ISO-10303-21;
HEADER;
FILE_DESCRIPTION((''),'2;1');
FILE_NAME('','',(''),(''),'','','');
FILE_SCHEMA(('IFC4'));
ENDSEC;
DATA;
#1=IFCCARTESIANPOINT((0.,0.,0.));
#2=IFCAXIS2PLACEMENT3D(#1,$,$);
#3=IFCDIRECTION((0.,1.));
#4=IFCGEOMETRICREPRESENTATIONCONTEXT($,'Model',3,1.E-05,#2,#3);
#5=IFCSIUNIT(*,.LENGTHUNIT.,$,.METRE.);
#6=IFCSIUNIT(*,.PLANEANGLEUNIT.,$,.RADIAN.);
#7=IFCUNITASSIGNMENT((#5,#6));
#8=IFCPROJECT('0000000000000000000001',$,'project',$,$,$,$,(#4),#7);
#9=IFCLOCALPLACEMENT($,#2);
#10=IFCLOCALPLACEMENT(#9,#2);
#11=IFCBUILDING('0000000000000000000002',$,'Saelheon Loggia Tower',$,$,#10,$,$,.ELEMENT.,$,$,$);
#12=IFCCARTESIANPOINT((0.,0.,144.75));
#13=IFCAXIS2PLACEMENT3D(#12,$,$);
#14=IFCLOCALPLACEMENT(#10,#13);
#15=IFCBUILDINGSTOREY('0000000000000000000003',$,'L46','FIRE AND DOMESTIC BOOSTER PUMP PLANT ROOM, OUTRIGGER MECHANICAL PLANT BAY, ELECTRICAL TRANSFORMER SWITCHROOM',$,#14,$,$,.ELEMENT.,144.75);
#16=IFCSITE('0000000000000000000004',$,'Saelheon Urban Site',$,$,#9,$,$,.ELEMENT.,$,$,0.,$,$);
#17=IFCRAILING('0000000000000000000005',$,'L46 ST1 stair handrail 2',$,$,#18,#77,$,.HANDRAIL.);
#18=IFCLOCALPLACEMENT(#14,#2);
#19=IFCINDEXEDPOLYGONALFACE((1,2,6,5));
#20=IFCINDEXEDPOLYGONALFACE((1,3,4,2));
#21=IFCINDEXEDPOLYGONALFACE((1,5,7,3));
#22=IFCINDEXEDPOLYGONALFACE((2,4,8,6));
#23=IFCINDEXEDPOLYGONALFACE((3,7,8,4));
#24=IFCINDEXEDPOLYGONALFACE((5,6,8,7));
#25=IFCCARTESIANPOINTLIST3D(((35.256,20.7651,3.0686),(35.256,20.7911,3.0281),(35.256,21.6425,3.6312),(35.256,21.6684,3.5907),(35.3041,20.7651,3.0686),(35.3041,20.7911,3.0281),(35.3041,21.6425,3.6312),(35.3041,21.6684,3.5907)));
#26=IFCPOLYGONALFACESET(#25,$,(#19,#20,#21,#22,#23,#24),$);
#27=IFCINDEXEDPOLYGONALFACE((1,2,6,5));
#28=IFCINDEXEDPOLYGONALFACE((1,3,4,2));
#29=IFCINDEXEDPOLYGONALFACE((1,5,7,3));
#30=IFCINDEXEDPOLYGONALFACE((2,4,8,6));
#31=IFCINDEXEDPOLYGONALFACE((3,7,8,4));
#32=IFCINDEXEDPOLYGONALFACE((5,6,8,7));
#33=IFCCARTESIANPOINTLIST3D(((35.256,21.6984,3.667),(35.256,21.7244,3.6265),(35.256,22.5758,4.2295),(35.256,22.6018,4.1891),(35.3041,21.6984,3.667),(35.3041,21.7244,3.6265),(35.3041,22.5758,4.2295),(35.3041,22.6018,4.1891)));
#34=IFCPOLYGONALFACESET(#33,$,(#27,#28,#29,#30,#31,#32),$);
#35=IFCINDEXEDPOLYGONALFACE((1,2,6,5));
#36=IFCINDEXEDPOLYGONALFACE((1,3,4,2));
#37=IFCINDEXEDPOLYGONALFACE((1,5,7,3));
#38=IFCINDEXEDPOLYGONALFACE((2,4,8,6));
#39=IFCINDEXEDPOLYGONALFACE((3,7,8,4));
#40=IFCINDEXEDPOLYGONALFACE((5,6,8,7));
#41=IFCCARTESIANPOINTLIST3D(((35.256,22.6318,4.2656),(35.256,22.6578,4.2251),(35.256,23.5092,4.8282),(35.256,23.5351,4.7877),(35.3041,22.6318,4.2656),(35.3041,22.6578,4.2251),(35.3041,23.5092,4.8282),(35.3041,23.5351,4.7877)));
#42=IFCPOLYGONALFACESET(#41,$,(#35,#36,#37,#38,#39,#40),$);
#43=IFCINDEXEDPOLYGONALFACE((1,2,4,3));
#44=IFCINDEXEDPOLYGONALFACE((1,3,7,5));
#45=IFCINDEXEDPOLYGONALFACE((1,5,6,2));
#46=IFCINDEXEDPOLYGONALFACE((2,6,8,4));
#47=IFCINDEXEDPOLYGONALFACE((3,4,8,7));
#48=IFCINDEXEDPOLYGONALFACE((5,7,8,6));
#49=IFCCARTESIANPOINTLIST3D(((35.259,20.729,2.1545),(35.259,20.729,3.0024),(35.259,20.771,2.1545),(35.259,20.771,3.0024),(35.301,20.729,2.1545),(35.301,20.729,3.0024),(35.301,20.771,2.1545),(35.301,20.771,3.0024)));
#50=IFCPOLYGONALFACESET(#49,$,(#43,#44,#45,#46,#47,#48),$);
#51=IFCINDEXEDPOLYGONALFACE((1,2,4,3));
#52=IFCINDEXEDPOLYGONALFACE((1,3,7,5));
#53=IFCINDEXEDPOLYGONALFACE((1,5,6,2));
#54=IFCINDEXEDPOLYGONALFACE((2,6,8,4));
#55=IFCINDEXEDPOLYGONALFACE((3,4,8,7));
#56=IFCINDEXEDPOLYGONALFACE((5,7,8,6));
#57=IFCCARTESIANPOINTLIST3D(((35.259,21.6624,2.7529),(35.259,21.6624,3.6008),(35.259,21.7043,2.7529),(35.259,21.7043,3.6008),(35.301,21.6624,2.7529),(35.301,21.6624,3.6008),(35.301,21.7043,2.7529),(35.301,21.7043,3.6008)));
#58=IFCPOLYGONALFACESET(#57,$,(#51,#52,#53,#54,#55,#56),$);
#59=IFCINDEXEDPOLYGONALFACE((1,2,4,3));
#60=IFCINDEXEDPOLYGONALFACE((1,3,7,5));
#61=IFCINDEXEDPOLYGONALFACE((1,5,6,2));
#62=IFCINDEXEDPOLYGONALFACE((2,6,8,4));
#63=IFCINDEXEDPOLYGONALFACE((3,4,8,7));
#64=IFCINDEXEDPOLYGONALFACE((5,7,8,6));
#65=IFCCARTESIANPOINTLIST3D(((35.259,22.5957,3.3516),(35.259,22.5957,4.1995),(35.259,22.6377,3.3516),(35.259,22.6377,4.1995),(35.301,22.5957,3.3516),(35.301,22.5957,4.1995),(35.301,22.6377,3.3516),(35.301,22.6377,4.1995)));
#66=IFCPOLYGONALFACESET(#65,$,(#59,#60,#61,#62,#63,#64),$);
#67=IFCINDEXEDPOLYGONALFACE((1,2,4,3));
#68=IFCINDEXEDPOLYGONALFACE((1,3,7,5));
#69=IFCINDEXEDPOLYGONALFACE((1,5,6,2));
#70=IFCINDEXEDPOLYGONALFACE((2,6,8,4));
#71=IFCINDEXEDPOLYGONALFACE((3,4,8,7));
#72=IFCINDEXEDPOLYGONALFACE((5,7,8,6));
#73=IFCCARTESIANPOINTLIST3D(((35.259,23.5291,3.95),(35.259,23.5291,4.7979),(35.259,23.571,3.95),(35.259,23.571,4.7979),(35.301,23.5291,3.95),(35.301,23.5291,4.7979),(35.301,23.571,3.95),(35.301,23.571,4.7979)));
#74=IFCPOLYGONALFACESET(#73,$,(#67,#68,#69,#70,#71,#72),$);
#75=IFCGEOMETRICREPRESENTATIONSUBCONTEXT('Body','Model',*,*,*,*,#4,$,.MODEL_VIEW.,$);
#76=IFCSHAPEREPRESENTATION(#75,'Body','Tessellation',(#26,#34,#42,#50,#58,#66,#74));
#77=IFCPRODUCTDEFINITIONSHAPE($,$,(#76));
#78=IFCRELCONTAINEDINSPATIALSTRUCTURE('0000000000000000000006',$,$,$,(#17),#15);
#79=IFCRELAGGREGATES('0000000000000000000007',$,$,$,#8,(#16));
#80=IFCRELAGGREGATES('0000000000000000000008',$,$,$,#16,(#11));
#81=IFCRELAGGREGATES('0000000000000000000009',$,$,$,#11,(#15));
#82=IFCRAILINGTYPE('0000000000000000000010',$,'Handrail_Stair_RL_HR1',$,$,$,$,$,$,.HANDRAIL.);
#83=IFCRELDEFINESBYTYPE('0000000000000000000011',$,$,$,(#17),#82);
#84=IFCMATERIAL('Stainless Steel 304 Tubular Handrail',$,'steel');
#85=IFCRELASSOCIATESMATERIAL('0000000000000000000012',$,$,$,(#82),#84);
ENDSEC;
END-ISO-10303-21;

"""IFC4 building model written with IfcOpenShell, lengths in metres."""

from ifc_helpers import new_model, si_unit, direction, frame, origin, origin_2d, place, context, subcontext, project, spatial, rectangle, extrude, material, type_object, element, save


model = new_model("IFC4")

# Units and contexts
model_context = context("Model", 3, precision=1e-05, world=origin(), true_north=direction((0.0, 1.0)))
body_context = subcontext(model_context, "Body", "Model", "MODEL_VIEW")
ifc_project = project(units=[si_unit("LENGTHUNIT", "METRE"), si_unit("PLANEANGLEUNIT", "RADIAN")], contexts=[model_context])

# Site, building, storey
site_placement = place(None, origin())
site = spatial("IfcSite", under=ifc_project, at=site_placement, Name="Saelheon Urban Site", CompositionType="ELEMENT", RefElevation=0.0)
building_placement = place(site_placement, origin())
building = spatial("IfcBuilding", under=site, at=building_placement, Name="Saelheon Loggia Tower", CompositionType="ELEMENT")
storey_placement = place(building_placement, frame((0.0, 0.0, 144.75)))
storey = spatial("IfcBuildingStorey", under=building, at=storey_placement, Name="L46", Description="FIRE AND DOMESTIC BOOSTER PUMP PLANT ROOM, OUTRIGGER MECHANICAL PLANT BAY, ELECTRICAL TRANSFORMER SWITCHROOM", CompositionType="ELEMENT", Elevation=144.75)

# Railing
ifc_material_1 = material(Name="Stainless Steel 304 Tubular Handrail", Category="steel")
railing_type_1 = type_object("IfcRailingType", Name="Handrail_Stair_RL_HR1", PredefinedType="HANDRAIL", material=ifc_material_1)
railing_1_placement = place(storey_placement, frame((35.28, 20.75, 2.1545)))
element("IfcRailing", 1, at=railing_1_placement, inside=storey, type_object=railing_type_1, Name="L46 ST1 stair handrail 2", PredefinedType="HANDRAIL", context=body_context, shape_type="SweptSolid", body=[
    extrude(rectangle(XDim=0.0481, YDim=0.0481, at=origin_2d()), frame((0.0, 0.0281, 0.8938), z_axis=(0.0, 0.84181, 0.539774), x_axis=(-1.0, 0.0, 0.0)), (0.0, 0.0, 1.0), 1.0422),
    extrude(rectangle(XDim=0.0481, YDim=0.0481, at=origin_2d()), frame((0.0, 0.9614, 1.4922), z_axis=(0.0, 0.84181, 0.539774), x_axis=(-1.0, 0.0, 0.0)), (0.0, 0.0, 1.0), 1.0422),
    extrude(rectangle(XDim=0.0481, YDim=0.0481, at=origin_2d()), frame((0.0, 1.8948, 2.0908), z_axis=(0.0, 0.84181, 0.539774), x_axis=(-1.0, 0.0, 0.0)), (0.0, 0.0, 1.0), 1.0422),
    extrude(rectangle(XDim=0.042, YDim=0.042, at=origin_2d()), origin(), (0.0, 0.0, 1.0), 0.8479),
    extrude(rectangle(XDim=0.042, YDim=0.042, at=origin_2d()), frame((0.0, 0.9333, 0.5984)), (0.0, 0.0, 1.0), 0.8479),
    extrude(rectangle(XDim=0.042, YDim=0.042, at=origin_2d()), frame((0.0, 1.8667, 1.197)), (0.0, 0.0, 1.0), 0.8479),
    extrude(rectangle(XDim=0.042, YDim=0.042, at=origin_2d()), frame((0.0, 2.8, 1.7954)), (0.0, 0.0, 1.0), 0.8479),
])

save(model, "model.ifc")
